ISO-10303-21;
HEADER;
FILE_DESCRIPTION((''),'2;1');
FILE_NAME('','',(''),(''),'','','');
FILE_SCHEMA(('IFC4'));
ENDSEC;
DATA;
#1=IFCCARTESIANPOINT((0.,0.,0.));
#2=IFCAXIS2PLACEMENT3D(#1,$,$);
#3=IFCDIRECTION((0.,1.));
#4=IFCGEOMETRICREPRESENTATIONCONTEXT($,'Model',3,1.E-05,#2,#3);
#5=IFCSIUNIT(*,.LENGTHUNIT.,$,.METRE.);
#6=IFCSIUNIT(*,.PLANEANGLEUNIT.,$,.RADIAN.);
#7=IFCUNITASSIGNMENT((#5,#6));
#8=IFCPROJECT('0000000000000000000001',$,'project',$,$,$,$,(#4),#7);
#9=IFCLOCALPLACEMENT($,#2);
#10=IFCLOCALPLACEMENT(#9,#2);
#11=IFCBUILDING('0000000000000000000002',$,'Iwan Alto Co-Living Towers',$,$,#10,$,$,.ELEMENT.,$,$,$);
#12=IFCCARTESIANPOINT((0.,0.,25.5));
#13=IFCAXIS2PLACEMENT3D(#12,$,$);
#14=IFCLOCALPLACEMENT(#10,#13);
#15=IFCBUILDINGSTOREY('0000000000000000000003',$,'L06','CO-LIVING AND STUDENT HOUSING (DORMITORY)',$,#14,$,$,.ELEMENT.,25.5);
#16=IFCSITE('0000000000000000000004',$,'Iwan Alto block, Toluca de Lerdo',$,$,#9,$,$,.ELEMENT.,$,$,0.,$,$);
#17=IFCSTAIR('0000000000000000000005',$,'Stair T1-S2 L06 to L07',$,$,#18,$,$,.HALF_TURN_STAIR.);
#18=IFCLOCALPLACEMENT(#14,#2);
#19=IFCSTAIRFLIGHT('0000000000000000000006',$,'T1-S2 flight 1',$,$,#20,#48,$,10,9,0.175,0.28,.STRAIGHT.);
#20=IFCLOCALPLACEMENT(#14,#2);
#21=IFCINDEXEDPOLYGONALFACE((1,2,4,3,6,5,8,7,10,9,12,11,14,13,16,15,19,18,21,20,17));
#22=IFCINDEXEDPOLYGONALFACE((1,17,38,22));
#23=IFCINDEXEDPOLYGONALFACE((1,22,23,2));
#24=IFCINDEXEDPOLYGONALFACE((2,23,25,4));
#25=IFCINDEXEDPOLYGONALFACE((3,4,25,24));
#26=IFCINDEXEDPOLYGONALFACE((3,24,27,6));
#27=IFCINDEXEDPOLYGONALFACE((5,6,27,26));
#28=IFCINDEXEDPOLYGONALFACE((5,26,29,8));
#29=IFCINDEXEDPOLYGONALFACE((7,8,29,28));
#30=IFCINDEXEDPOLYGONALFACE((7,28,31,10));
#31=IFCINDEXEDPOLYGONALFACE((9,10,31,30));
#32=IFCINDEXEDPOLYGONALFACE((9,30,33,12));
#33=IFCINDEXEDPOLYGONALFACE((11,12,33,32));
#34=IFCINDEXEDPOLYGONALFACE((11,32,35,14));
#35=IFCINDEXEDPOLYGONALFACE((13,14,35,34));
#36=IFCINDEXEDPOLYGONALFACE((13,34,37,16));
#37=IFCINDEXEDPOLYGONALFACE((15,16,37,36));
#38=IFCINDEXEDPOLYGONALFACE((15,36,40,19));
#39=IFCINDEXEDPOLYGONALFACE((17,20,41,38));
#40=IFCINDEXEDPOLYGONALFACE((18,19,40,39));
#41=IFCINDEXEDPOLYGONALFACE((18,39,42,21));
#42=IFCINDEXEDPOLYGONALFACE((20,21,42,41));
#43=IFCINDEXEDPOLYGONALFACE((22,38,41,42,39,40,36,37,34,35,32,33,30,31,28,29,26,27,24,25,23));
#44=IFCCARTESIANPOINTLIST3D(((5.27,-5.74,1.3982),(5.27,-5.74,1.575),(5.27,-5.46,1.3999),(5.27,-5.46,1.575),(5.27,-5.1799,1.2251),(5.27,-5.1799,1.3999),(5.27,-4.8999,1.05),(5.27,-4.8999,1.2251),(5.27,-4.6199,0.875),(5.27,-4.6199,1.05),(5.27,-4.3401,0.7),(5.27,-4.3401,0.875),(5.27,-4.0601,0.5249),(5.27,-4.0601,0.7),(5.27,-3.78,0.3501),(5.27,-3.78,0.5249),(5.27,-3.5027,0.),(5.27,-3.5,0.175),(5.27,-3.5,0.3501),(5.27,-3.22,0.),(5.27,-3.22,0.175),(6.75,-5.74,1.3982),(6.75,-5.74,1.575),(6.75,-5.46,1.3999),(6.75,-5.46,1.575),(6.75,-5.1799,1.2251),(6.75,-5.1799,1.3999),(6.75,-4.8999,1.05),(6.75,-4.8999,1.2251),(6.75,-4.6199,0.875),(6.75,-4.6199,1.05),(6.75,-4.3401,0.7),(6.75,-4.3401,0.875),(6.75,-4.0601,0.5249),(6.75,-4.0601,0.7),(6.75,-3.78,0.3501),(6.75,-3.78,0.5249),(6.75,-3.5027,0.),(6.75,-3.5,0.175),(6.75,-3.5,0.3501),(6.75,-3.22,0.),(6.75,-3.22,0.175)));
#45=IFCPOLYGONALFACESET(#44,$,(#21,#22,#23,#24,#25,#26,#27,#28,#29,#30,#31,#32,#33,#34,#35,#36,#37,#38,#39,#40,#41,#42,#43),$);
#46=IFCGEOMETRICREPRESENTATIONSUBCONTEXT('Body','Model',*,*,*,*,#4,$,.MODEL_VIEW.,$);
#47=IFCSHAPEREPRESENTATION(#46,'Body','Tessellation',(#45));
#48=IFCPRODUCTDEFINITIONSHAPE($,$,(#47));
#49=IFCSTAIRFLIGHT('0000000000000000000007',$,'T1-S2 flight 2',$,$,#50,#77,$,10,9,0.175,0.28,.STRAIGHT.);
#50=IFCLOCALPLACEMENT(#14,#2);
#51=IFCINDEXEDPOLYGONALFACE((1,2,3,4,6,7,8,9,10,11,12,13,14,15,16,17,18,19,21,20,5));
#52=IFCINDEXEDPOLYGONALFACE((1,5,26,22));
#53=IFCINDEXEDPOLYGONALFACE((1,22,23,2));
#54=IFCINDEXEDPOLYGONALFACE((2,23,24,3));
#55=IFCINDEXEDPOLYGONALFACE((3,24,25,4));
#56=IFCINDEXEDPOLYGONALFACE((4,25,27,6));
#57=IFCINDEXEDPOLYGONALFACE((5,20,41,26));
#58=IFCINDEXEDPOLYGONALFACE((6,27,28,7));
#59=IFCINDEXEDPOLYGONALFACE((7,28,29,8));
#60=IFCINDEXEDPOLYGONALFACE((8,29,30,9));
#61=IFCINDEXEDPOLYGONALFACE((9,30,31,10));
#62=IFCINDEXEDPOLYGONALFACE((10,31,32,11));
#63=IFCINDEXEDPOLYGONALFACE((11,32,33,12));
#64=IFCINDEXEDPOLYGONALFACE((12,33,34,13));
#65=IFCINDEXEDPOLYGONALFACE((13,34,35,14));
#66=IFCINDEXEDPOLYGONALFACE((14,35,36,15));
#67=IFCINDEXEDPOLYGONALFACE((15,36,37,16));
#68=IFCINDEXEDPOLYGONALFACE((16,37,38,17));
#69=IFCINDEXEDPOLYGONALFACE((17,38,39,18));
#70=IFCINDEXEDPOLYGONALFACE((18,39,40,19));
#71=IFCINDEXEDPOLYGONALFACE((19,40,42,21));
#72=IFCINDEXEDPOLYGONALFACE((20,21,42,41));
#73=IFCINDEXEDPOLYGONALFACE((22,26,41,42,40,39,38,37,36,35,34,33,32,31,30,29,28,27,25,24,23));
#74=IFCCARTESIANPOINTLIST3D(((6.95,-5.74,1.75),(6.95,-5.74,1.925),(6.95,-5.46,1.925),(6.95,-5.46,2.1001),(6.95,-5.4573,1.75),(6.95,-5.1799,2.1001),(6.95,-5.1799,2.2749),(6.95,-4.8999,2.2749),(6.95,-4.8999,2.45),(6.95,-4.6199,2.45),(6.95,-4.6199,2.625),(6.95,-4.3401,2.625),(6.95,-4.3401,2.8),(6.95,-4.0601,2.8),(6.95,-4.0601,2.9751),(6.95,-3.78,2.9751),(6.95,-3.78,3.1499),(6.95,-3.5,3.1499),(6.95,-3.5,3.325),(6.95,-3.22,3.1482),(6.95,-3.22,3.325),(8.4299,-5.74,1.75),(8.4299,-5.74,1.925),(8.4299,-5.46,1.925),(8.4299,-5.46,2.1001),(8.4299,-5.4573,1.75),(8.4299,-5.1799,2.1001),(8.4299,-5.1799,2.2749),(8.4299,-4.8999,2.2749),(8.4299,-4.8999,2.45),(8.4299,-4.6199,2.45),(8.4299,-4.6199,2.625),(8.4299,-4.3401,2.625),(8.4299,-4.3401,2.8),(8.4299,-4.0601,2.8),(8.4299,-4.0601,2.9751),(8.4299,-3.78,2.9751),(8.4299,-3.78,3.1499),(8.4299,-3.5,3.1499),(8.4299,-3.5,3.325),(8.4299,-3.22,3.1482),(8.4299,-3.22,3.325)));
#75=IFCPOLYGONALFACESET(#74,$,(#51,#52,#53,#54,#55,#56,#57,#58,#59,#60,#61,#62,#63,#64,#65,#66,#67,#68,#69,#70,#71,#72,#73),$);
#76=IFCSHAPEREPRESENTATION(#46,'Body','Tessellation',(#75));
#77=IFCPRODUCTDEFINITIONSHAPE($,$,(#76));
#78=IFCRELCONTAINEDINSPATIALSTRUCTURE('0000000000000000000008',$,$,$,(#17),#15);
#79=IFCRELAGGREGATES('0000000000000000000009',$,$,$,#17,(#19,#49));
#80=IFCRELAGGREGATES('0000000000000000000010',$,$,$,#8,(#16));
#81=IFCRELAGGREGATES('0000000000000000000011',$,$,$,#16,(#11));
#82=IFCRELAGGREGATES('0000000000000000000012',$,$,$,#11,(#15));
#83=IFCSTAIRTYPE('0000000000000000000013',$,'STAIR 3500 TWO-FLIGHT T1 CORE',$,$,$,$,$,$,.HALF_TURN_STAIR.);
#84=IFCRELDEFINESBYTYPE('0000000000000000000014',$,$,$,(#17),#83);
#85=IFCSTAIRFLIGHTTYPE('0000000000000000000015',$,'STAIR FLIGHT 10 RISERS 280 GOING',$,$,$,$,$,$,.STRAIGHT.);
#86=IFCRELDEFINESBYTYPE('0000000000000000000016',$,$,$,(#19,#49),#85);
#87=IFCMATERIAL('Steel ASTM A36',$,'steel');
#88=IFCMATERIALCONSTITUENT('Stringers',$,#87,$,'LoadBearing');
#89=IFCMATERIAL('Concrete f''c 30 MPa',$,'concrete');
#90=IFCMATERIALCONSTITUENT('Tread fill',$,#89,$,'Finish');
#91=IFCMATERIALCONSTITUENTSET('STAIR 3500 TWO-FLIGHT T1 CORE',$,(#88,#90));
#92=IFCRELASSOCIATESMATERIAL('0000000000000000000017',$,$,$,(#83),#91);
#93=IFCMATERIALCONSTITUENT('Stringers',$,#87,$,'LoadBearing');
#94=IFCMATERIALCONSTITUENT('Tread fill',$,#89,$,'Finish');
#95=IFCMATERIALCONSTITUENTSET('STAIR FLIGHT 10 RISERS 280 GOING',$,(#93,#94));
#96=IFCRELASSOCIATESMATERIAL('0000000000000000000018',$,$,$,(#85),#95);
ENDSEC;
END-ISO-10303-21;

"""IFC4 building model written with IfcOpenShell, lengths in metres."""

from ifc_helpers import new_model, si_unit, direction, frame, origin, place, context, subcontext, project, spatial, polyline, outline, extrude, material, constituent, constituent_set, type_object, element, aggregate, save


model = new_model("IFC4")

# Units and contexts
model_context = context("Model", 3, precision=1e-05, world=origin(), true_north=direction((0.0, 1.0)))
body_context = subcontext(model_context, "Body", "Model", "MODEL_VIEW")
ifc_project = project(units=[si_unit("LENGTHUNIT", "METRE"), si_unit("PLANEANGLEUNIT", "RADIAN")], contexts=[model_context])

# Site, building, storey
site_placement = place(None, origin())
site = spatial("IfcSite", under=ifc_project, at=site_placement, Name="Iwan Alto block, Toluca de Lerdo", CompositionType="ELEMENT", RefElevation=0.0)
building_placement = place(site_placement, origin())
building = spatial("IfcBuilding", under=site, at=building_placement, Name="Iwan Alto Co-Living Towers", CompositionType="ELEMENT")
storey_placement = place(building_placement, frame((0.0, 0.0, 25.5)))
storey = spatial("IfcBuildingStorey", under=building, at=storey_placement, Name="L06", Description="CO-LIVING AND STUDENT HOUSING (DORMITORY)", CompositionType="ELEMENT", Elevation=25.5)

# Stair, stair flights
ifc_material_1 = material(Name="Steel ASTM A36", Category="steel")
ifc_constituent_1 = constituent(ifc_material_1, Name="Stringers", Category="LoadBearing")
ifc_material_2 = material(Name="Concrete f'c 30 MPa", Category="concrete")
ifc_constituent_2 = constituent(ifc_material_2, Name="Tread fill", Category="Finish")
ifc_constituent_set_1 = constituent_set(constituents=[ifc_constituent_1, ifc_constituent_2], Name="STAIR 3500 TWO-FLIGHT T1 CORE")
stair_type = type_object("IfcStairType", Name="STAIR 3500 TWO-FLIGHT T1 CORE", PredefinedType="HALF_TURN_STAIR", material=ifc_constituent_set_1)
stair_placement = place(storey_placement, origin())
stair = element("IfcStair", 1, at=stair_placement, inside=storey, type_object=stair_type, Name="Stair T1-S2 L06 to L07", PredefinedType="HALF_TURN_STAIR")
ifc_constituent_3 = constituent(ifc_material_1, Name="Stringers", Category="LoadBearing")
ifc_constituent_4 = constituent(ifc_material_2, Name="Tread fill", Category="Finish")
ifc_constituent_set_2 = constituent_set(constituents=[ifc_constituent_3, ifc_constituent_4], Name="STAIR FLIGHT 10 RISERS 280 GOING")
stair_flight_type = type_object("IfcStairFlightType", Name="STAIR FLIGHT 10 RISERS 280 GOING", PredefinedType="STRAIGHT", material=ifc_constituent_set_2)
stair_flight_1_placement = place(storey_placement, frame((6.01, -3.22, 0.0), z_axis=(0.0, 0.0, 1.0), x_axis=(0.0, -1.0, 0.0)))
stair_flight_1 = element("IfcStairFlight", 2, at=stair_flight_1_placement, type_object=stair_flight_type, Name="T1-S2 flight 1", NumberOfRisers=10, NumberOfTreads=9, PredefinedType="STRAIGHT", RiserHeight=0.175, TreadLength=0.28, context=body_context, shape_type="SweptSolid", body=[
    extrude(outline(polyline([(0.0, 0.0), (0.0, 0.175), (0.28, 0.175), (0.28, 0.3501), (0.5601, 0.3501), (0.5601, 0.5249), (0.8401, 0.5249), (0.8401, 0.7), (1.1201, 0.7), (1.1201, 0.875), (1.3999, 0.875), (1.3999, 1.05), (1.6799, 1.05), (1.6799, 1.2251), (1.96, 1.2251), (1.96, 1.3999), (2.24, 1.3999), (2.24, 1.575), (2.52, 1.575), (2.52, 1.75), (2.52, 1.3982), (0.2827, 0.0), (0.0, 0.0)])), frame((0.0, 0.74, 0.0), z_axis=(0.0, -1.0, 0.0), x_axis=(1.0, 0.0, 0.0)), (0.0, 0.0, 1.0), 1.48),
])
stair_flight_2_placement = place(storey_placement, frame((7.6899, -5.74, 1.75), z_axis=(0.0, 0.0, 1.0), x_axis=(0.0, 1.0, 0.0)))
stair_flight_2 = element("IfcStairFlight", 3, at=stair_flight_2_placement, type_object=stair_flight_type, Name="T1-S2 flight 2", NumberOfRisers=10, NumberOfTreads=9, PredefinedType="STRAIGHT", RiserHeight=0.175, TreadLength=0.28, context=body_context, shape_type="SweptSolid", body=[
    extrude(outline(polyline([(0.0, 0.0), (0.0, 0.175), (0.28, 0.175), (0.28, 0.3501), (0.5601, 0.3501), (0.5601, 0.5249), (0.8401, 0.5249), (0.8401, 0.7), (1.1201, 0.7), (1.1201, 0.875), (1.3999, 0.875), (1.3999, 1.05), (1.6799, 1.05), (1.6799, 1.2251), (1.96, 1.2251), (1.96, 1.3999), (2.24, 1.3999), (2.24, 1.575), (2.52, 1.575), (2.52, 1.75), (2.52, 1.3982), (0.2827, 0.0), (0.0, 0.0)])), frame((0.0, 0.74, 0.0), z_axis=(0.0, -1.0, 0.0), x_axis=(1.0, 0.0, 0.0)), (0.0, 0.0, 1.0), 1.48),
])
aggregate(stair, [stair_flight_1, stair_flight_2])

save(model, "model.ifc")
